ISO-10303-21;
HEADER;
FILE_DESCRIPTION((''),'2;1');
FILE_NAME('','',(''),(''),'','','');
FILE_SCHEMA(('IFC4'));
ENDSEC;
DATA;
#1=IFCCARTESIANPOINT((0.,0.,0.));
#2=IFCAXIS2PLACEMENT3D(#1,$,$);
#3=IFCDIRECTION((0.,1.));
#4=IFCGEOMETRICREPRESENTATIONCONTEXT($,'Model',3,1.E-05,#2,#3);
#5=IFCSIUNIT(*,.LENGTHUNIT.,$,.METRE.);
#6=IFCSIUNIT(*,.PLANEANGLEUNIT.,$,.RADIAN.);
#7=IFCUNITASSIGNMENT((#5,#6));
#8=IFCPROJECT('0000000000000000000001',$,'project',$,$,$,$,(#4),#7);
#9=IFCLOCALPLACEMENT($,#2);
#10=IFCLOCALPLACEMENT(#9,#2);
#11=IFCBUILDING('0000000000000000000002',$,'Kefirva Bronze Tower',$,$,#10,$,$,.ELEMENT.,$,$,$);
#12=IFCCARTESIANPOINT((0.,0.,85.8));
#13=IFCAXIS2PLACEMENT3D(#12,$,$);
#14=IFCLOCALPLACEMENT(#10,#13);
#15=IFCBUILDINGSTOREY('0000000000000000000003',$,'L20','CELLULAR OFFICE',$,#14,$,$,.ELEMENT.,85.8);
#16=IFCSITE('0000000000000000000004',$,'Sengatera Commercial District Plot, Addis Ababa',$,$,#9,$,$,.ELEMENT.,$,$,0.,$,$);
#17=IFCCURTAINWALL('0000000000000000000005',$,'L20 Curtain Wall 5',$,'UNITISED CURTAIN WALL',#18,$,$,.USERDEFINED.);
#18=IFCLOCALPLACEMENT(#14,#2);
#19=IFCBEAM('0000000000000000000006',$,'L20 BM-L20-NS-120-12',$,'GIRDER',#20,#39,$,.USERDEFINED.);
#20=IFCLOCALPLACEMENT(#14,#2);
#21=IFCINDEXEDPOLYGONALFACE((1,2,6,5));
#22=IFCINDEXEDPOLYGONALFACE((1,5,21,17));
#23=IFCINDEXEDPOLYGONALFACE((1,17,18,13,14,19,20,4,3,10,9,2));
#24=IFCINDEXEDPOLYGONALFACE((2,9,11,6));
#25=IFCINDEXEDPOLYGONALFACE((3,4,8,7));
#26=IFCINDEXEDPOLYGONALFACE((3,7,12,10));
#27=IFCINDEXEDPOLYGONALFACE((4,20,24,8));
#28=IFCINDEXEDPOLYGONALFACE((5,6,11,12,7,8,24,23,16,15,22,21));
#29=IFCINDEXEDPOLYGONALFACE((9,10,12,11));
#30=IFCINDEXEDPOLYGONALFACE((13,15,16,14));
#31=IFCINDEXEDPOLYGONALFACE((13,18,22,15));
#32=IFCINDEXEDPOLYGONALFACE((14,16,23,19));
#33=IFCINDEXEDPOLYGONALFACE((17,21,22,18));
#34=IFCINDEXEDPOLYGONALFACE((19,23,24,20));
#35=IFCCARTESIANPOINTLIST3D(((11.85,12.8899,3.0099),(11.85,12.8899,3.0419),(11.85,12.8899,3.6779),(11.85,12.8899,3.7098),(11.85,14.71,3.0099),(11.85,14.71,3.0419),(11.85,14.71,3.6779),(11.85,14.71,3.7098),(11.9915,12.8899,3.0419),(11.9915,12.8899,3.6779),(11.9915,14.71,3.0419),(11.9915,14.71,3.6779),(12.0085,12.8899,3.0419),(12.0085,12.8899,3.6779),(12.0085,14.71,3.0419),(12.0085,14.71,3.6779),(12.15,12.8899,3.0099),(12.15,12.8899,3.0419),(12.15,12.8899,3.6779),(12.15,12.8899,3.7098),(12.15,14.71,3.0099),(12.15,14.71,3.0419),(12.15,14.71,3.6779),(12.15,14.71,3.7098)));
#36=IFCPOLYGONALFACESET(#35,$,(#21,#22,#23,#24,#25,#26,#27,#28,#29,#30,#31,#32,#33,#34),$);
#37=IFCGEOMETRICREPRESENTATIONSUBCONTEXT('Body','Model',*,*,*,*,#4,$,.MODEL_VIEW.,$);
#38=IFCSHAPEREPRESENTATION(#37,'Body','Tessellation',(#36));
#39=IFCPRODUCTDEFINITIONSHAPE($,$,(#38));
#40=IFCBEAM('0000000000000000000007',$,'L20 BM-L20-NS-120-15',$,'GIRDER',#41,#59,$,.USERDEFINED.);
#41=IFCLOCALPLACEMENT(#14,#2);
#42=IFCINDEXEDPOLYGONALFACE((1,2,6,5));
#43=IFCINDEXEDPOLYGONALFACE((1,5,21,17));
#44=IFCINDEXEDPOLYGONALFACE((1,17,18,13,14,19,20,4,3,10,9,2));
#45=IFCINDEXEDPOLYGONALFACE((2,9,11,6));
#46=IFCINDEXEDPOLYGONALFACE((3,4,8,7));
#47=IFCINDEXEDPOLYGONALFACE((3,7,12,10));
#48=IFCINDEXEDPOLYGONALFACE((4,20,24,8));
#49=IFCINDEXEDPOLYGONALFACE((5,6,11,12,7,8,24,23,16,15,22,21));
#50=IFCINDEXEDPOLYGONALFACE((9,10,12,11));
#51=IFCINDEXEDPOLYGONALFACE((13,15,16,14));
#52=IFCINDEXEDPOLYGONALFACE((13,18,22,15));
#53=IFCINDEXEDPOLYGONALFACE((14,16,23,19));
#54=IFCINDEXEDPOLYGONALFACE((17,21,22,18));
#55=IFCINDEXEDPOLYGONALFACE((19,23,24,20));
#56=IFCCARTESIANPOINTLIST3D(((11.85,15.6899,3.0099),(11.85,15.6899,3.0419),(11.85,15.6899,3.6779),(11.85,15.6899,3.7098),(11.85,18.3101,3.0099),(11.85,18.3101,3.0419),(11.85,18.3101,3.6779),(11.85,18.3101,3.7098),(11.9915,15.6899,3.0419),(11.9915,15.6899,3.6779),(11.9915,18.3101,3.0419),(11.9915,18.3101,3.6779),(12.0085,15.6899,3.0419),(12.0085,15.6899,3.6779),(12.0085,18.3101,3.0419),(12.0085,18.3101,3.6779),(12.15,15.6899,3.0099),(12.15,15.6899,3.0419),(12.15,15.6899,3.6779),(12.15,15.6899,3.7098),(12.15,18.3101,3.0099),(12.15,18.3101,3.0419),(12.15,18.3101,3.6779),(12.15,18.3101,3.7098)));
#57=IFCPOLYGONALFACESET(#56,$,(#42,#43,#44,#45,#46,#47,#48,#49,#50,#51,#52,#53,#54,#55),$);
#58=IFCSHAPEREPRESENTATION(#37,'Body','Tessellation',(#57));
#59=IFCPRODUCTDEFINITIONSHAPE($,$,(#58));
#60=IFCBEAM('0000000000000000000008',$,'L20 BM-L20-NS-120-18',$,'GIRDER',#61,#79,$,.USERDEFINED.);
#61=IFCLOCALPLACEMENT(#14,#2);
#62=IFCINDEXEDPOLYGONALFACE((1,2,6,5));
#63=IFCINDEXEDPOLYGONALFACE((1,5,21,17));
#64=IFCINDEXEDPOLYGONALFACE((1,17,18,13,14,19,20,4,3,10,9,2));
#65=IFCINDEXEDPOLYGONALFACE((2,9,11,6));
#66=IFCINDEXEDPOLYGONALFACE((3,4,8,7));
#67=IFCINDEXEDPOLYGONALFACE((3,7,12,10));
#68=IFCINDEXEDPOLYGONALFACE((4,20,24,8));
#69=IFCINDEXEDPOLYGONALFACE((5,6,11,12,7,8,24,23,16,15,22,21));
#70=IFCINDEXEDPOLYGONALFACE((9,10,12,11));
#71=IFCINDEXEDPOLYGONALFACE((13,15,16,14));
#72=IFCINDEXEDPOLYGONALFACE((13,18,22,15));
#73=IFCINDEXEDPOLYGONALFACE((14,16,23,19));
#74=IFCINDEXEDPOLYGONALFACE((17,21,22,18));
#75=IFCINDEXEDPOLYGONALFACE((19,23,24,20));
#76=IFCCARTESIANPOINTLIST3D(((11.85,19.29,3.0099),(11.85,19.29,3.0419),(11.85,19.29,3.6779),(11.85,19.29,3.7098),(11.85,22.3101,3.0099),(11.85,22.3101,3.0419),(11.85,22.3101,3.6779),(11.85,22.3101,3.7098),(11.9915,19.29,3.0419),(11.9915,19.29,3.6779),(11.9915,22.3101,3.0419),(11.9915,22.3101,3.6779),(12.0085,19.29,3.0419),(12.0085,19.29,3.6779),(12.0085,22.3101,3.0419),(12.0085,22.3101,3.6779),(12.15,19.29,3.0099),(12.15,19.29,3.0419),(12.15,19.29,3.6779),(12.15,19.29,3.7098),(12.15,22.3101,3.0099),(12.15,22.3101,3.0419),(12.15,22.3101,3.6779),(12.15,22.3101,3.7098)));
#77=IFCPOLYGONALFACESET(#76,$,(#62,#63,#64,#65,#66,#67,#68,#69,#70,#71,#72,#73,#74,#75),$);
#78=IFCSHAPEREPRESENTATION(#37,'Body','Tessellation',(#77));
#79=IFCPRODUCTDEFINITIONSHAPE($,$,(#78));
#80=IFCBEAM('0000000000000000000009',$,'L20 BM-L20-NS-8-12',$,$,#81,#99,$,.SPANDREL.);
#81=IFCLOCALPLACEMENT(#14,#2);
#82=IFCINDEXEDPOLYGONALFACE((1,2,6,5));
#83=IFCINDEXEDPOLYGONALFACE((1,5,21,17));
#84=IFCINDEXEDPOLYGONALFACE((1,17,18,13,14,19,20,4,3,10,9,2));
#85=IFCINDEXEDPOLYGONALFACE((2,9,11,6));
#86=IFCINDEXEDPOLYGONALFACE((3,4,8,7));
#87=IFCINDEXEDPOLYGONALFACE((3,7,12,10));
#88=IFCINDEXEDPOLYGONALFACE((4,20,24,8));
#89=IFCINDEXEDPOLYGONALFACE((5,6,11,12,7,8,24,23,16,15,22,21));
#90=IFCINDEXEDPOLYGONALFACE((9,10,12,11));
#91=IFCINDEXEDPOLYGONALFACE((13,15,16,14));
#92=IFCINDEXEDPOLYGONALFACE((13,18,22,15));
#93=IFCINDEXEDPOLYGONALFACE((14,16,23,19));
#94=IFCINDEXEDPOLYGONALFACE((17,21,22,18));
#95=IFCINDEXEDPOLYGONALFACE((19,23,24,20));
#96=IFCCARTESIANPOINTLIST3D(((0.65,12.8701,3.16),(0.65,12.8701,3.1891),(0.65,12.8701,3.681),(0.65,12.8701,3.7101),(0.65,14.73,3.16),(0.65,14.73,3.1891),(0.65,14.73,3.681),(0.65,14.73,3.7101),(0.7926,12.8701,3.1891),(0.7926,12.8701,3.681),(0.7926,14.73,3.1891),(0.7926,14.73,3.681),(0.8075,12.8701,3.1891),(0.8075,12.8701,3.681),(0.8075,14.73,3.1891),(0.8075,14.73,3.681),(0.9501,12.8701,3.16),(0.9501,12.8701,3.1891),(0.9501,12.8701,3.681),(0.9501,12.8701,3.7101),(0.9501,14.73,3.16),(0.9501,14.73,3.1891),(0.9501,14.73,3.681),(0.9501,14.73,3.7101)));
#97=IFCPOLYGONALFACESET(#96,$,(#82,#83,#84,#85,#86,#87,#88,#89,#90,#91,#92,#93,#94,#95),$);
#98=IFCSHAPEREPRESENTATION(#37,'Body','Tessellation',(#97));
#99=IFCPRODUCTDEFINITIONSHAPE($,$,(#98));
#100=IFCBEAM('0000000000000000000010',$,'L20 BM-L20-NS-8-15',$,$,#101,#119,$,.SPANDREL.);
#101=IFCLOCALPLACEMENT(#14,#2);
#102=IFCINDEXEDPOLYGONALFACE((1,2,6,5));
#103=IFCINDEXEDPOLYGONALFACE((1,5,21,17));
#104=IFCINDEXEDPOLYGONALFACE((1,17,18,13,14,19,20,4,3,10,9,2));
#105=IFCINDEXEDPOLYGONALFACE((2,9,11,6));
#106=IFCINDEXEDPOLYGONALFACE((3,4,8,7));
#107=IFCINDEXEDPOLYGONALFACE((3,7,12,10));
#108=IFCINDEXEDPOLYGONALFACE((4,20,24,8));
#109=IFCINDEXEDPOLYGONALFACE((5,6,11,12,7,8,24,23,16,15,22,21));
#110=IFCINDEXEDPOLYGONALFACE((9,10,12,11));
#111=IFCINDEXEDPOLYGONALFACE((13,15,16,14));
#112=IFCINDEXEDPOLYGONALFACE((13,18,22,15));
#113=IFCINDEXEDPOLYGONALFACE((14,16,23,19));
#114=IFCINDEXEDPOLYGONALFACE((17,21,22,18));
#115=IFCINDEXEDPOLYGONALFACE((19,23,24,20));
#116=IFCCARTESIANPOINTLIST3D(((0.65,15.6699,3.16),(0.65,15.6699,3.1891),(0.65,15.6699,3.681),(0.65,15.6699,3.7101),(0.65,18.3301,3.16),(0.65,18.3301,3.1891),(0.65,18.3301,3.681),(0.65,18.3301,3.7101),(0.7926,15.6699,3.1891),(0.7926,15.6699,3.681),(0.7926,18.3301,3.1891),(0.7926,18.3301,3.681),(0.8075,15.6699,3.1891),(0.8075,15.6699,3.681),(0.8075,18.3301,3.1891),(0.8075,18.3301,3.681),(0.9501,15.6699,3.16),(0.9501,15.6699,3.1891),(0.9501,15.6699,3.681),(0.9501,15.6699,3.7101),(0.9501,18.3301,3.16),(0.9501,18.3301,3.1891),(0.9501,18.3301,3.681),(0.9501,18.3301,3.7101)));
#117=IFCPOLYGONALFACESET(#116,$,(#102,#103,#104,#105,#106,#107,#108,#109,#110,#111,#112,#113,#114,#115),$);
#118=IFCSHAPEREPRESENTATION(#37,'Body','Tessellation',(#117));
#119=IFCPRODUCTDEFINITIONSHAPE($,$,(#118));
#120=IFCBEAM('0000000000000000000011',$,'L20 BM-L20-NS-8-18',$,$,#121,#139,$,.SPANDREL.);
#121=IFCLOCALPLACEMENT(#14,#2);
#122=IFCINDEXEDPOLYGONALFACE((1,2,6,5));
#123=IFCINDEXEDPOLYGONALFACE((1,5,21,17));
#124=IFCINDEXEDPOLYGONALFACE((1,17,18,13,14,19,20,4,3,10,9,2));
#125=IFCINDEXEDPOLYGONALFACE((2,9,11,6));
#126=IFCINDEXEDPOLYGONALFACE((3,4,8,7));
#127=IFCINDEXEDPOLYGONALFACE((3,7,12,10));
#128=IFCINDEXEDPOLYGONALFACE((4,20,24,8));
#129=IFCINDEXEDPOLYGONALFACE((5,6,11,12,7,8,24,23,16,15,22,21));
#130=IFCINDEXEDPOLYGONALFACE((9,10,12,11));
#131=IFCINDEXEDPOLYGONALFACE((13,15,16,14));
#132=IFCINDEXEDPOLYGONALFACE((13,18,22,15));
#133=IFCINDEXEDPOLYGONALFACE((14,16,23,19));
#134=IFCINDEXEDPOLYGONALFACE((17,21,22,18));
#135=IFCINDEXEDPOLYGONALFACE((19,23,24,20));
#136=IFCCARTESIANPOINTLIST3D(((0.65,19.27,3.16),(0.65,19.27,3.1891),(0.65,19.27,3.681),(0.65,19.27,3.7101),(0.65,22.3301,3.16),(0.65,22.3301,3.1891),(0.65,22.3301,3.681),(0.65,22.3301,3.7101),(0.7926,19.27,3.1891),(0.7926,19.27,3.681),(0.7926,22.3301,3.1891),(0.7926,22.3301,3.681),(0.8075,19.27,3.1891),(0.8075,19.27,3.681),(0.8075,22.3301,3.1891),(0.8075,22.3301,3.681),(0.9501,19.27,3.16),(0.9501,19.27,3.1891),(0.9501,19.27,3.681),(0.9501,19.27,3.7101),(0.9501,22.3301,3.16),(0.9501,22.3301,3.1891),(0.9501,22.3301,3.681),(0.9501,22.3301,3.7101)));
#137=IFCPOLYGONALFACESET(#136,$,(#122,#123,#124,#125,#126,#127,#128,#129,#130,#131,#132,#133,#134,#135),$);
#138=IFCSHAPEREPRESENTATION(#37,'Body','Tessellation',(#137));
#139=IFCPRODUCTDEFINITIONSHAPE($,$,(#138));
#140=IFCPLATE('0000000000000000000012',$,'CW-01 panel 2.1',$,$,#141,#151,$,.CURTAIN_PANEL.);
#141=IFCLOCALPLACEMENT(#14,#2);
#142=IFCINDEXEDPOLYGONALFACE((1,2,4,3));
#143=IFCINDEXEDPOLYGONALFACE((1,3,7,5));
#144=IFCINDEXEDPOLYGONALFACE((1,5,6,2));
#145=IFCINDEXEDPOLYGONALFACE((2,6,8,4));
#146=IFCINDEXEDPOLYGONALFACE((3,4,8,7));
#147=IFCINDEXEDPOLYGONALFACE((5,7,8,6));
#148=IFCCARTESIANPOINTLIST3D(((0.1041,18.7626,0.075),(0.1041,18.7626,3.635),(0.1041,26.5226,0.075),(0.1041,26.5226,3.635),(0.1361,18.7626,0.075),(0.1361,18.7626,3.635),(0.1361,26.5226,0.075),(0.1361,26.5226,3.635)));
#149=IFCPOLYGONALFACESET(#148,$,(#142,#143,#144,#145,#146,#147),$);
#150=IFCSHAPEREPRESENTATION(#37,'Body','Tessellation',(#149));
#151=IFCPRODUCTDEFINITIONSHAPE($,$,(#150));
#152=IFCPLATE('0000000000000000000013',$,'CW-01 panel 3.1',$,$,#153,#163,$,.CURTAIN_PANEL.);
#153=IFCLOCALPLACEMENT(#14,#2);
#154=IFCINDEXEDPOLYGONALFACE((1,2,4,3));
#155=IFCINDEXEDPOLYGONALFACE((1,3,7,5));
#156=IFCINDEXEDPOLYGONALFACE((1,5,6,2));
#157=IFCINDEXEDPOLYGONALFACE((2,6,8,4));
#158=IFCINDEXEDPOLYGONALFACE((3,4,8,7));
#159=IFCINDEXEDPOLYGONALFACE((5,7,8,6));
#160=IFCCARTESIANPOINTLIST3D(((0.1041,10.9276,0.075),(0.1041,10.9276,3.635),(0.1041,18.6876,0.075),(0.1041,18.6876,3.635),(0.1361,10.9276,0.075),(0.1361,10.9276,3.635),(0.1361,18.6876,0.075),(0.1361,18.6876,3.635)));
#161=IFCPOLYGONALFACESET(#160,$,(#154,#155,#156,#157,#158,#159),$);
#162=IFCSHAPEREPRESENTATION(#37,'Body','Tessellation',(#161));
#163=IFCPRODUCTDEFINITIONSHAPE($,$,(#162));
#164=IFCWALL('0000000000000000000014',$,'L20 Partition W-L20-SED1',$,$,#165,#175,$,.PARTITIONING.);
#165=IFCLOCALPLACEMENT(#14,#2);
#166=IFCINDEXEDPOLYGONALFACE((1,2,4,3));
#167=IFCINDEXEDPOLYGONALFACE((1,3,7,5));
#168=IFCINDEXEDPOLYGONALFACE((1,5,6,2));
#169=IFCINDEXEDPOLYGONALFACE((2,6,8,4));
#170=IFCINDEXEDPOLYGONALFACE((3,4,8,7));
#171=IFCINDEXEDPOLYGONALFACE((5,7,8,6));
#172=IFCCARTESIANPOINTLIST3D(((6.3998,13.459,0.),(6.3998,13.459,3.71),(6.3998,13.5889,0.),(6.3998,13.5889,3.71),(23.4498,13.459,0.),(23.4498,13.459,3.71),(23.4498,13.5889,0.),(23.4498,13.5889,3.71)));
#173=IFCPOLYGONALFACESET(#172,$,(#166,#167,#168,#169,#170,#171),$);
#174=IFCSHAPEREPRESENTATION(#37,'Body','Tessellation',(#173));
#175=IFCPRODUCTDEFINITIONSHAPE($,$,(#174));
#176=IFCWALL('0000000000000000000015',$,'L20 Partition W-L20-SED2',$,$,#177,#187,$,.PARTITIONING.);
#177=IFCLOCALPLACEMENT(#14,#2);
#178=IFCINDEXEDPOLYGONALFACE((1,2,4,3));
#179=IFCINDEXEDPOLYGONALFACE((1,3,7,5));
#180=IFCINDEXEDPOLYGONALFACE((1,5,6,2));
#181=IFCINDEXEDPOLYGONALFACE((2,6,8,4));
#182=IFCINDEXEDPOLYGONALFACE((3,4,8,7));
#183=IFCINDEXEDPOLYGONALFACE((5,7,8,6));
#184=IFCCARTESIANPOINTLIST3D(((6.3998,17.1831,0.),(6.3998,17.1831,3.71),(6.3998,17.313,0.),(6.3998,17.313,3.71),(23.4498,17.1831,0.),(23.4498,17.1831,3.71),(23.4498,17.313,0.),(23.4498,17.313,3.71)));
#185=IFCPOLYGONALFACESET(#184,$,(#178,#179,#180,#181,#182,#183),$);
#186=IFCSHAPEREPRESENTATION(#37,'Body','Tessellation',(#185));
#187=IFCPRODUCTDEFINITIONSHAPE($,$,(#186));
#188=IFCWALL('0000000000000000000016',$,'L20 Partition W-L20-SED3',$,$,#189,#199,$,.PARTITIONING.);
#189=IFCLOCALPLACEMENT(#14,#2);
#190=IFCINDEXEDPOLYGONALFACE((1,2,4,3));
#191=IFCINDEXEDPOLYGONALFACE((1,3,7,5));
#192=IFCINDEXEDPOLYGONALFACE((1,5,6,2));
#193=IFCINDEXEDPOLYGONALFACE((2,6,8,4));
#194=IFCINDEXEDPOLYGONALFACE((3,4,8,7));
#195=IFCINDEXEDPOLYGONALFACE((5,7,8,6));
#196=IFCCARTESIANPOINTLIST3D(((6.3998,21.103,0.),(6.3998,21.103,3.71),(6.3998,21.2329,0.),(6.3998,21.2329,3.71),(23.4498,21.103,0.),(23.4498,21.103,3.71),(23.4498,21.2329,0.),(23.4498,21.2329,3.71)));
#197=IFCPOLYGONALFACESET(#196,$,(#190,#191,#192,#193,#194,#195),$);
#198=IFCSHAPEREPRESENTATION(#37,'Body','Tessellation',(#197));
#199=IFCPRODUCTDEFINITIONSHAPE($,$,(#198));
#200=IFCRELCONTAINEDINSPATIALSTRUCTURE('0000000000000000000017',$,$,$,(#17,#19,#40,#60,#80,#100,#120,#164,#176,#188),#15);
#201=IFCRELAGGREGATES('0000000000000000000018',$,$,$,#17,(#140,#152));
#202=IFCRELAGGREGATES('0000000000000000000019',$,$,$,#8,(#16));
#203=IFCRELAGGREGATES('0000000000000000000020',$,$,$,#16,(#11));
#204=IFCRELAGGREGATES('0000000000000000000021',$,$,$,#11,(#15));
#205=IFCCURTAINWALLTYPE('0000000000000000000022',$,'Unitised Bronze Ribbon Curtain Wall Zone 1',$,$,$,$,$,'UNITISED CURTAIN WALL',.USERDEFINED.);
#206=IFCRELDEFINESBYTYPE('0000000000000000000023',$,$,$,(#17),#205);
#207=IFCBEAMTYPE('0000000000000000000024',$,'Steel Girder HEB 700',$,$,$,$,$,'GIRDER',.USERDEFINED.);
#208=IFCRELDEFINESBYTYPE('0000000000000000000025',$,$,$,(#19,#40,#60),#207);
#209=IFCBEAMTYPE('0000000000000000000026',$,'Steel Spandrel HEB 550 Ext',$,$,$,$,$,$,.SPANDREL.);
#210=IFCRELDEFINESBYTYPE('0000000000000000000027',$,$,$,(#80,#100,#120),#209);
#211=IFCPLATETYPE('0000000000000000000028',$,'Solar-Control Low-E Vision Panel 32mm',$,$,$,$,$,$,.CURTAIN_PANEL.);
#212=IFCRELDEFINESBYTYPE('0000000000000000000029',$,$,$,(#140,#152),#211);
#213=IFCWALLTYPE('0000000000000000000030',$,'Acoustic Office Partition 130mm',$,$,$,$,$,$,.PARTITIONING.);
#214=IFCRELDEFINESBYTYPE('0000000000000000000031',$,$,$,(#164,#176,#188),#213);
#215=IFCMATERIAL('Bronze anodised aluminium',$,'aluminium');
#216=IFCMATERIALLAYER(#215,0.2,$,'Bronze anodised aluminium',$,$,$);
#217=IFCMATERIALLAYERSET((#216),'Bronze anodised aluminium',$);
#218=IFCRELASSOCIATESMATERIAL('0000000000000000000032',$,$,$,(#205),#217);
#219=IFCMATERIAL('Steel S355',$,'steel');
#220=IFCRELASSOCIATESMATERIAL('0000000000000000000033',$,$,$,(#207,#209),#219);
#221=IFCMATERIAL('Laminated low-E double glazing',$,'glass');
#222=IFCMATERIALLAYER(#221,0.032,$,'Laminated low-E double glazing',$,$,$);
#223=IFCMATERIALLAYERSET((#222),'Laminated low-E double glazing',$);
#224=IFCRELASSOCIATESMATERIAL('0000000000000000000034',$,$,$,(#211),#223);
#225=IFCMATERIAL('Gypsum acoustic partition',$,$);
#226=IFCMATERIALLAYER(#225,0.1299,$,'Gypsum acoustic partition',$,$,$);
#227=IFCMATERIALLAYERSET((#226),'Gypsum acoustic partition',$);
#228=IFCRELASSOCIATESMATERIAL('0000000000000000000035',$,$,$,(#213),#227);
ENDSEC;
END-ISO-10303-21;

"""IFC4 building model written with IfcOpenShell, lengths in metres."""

from ifc_helpers import new_model, si_unit, direction, frame, frame_2d, origin, origin_2d, place, context, subcontext, project, spatial, rectangle, i_section, extrude, material, layer, layer_set, material_profile, profile_set, type_object, element, aggregate, save


model = new_model("IFC4")

# Units and contexts
model_context = context("Model", 3, precision=1e-05, world=origin(), true_north=direction((0.0, 1.0)))
body_context = subcontext(model_context, "Body", "Model", "MODEL_VIEW")
ifc_project = project(units=[si_unit("LENGTHUNIT", "METRE"), si_unit("PLANEANGLEUNIT", "RADIAN")], contexts=[model_context])

# Site, building, storey
site_placement = place(None, origin())
site = spatial("IfcSite", under=ifc_project, at=site_placement, Name="Sengatera Commercial District Plot, Addis Ababa", CompositionType="ELEMENT", RefElevation=0.0)
building_placement = place(site_placement, origin())
building = spatial("IfcBuilding", under=site, at=building_placement, Name="Kefirva Bronze Tower", CompositionType="ELEMENT")
storey_placement = place(building_placement, frame((0.0, 0.0, 85.8)))
storey = spatial("IfcBuildingStorey", under=building, at=storey_placement, Name="L20", Description="CELLULAR OFFICE", CompositionType="ELEMENT", Elevation=85.8)

# Curtain wall
ifc_material_1 = material(Name="Bronze anodised aluminium", Category="aluminium")
ifc_layer_1 = layer(ifc_material_1, 0.2, Name="Bronze anodised aluminium")
ifc_layer_set_1 = layer_set([ifc_layer_1], Name="Bronze anodised aluminium")
curtain_wall_type = type_object("IfcCurtainWallType", Name="Unitised Bronze Ribbon Curtain Wall Zone 1", ElementType="UNITISED CURTAIN WALL", PredefinedType="USERDEFINED", material=ifc_layer_set_1)
curtain_wall_placement = place(storey_placement, origin())
curtain_wall = element("IfcCurtainWall", 1, at=curtain_wall_placement, inside=storey, type_object=curtain_wall_type, Name="L20 Curtain Wall 5", ObjectType="UNITISED CURTAIN WALL", PredefinedType="USERDEFINED")

# Beams
ifc_material_2 = material(Name="Steel S355", Category="steel")
ifc_material_profile_1 = material_profile(ifc_material_2, i_section(OverallWidth=0.3, OverallDepth=0.7, WebThickness=0.0171, FlangeThickness=0.032, at=origin_2d()), Name="HEB 700")
ifc_profile_set_1 = profile_set([ifc_material_profile_1], Name="Steel S355")
beam_type_1 = type_object("IfcBeamType", Name="Steel Girder HEB 700", ElementType="GIRDER", PredefinedType="USERDEFINED", material=ifc_profile_set_1)
beam_1_placement = place(storey_placement, frame((12.0, 12.8899, 3.3599), z_axis=(0.0, 1.0, 0.0), x_axis=(-1.0, 0.0, 0.0)))
element("IfcBeam", 2, at=beam_1_placement, inside=storey, type_object=beam_type_1, Name="L20 BM-L20-NS-120-12", ObjectType="GIRDER", PredefinedType="USERDEFINED", context=body_context, shape_type="SweptSolid", body=[
    extrude(i_section(OverallWidth=0.3, OverallDepth=0.7, WebThickness=0.0171, FlangeThickness=0.032, at=origin_2d()), origin(), (0.0, 0.0, 1.0), 1.8201),
])
beam_2_placement = place(storey_placement, frame((12.0, 15.6899, 3.3599), z_axis=(0.0, 1.0, 0.0), x_axis=(-1.0, 0.0, 0.0)))
element("IfcBeam", 3, at=beam_2_placement, inside=storey, type_object=beam_type_1, Name="L20 BM-L20-NS-120-15", ObjectType="GIRDER", PredefinedType="USERDEFINED", context=body_context, shape_type="SweptSolid", body=[
    extrude(i_section(OverallWidth=0.3, OverallDepth=0.7, WebThickness=0.0171, FlangeThickness=0.032, at=origin_2d()), origin(), (0.0, 0.0, 1.0), 2.6201),
])
beam_3_placement = place(storey_placement, frame((12.0, 19.29, 3.3599), z_axis=(0.0, 1.0, 0.0), x_axis=(-1.0, 0.0, 0.0)))
element("IfcBeam", 4, at=beam_3_placement, inside=storey, type_object=beam_type_1, Name="L20 BM-L20-NS-120-18", ObjectType="GIRDER", PredefinedType="USERDEFINED", context=body_context, shape_type="SweptSolid", body=[
    extrude(i_section(OverallWidth=0.3, OverallDepth=0.7, WebThickness=0.0171, FlangeThickness=0.032, at=origin_2d()), origin(), (0.0, 0.0, 1.0), 3.02),
])
ifc_material_profile_2 = material_profile(ifc_material_2, i_section(OverallWidth=0.3, OverallDepth=0.55, WebThickness=0.0149, FlangeThickness=0.0291, at=origin_2d()), Name="HEB 550")
ifc_profile_set_2 = profile_set([ifc_material_profile_2], Name="Steel S355")
beam_type_2 = type_object("IfcBeamType", Name="Steel Spandrel HEB 550 Ext", PredefinedType="SPANDREL", material=ifc_profile_set_2)
beam_4_placement = place(storey_placement, frame((0.8, 12.8701, 3.4351), z_axis=(0.0, 1.0, 0.0), x_axis=(-1.0, 0.0, 0.0)))
element("IfcBeam", 5, at=beam_4_placement, inside=storey, type_object=beam_type_2, Name="L20 BM-L20-NS-8-12", PredefinedType="SPANDREL", context=body_context, shape_type="SweptSolid", body=[
    extrude(i_section(OverallWidth=0.3, OverallDepth=0.55, WebThickness=0.0149, FlangeThickness=0.0291, at=origin_2d()), origin(), (0.0, 0.0, 1.0), 1.8599),
])
beam_5_placement = place(storey_placement, frame((0.8, 15.6699, 3.4351), z_axis=(0.0, 1.0, 0.0), x_axis=(-1.0, 0.0, 0.0)))
element("IfcBeam", 6, at=beam_5_placement, inside=storey, type_object=beam_type_2, Name="L20 BM-L20-NS-8-15", PredefinedType="SPANDREL", context=body_context, shape_type="SweptSolid", body=[
    extrude(i_section(OverallWidth=0.3, OverallDepth=0.55, WebThickness=0.0149, FlangeThickness=0.0291, at=origin_2d()), origin(), (0.0, 0.0, 1.0), 2.6602),
])
beam_6_placement = place(storey_placement, frame((0.8, 19.27, 3.4351), z_axis=(0.0, 1.0, 0.0), x_axis=(-1.0, 0.0, 0.0)))
element("IfcBeam", 7, at=beam_6_placement, inside=storey, type_object=beam_type_2, Name="L20 BM-L20-NS-8-18", PredefinedType="SPANDREL", context=body_context, shape_type="SweptSolid", body=[
    extrude(i_section(OverallWidth=0.3, OverallDepth=0.55, WebThickness=0.0149, FlangeThickness=0.0291, at=origin_2d()), origin(), (0.0, 0.0, 1.0), 3.0601),
])

# Plates
ifc_material_3 = material(Name="Laminated low-E double glazing", Category="glass")
ifc_layer_2 = layer(ifc_material_3, 0.032, Name="Laminated low-E double glazing")
ifc_layer_set_2 = layer_set([ifc_layer_2], Name="Laminated low-E double glazing")
plate_type = type_object("IfcPlateType", Name="Solar-Control Low-E Vision Panel 32mm", PredefinedType="CURTAIN_PANEL", material=ifc_layer_set_2)
plate_1_placement = place(storey_placement, frame((0.1201, 22.6426, 0.075), z_axis=(0.0, 0.0, 1.0), x_axis=(0.0, -1.0, 0.0)))
plate_1 = element("IfcPlate", 8, at=plate_1_placement, type_object=plate_type, Name="CW-01 panel 2.1", PredefinedType="CURTAIN_PANEL", context=body_context, shape_type="SweptSolid", body=[
    extrude(rectangle(XDim=7.76, YDim=0.032, at=origin_2d()), origin(), (0.0, 0.0, 1.0), 3.5601),
])
plate_2_placement = place(storey_placement, frame((0.1201, 14.8076, 0.075), z_axis=(0.0, 0.0, 1.0), x_axis=(0.0, -1.0, 0.0)))
plate_2 = element("IfcPlate", 9, at=plate_2_placement, type_object=plate_type, Name="CW-01 panel 3.1", PredefinedType="CURTAIN_PANEL", context=body_context, shape_type="SweptSolid", body=[
    extrude(rectangle(XDim=7.76, YDim=0.032, at=origin_2d()), origin(), (0.0, 0.0, 1.0), 3.5601),
])
aggregate(curtain_wall, [plate_1, plate_2])

# Walls
ifc_material_4 = material(Name="Gypsum acoustic partition")
ifc_layer_3 = layer(ifc_material_4, 0.1299, Name="Gypsum acoustic partition")
ifc_layer_set_3 = layer_set([ifc_layer_3], Name="Gypsum acoustic partition")
wall_type = type_object("IfcWallType", Name="Acoustic Office Partition 130mm", PredefinedType="PARTITIONING", material=ifc_layer_set_3)
for number, where, z_axis, x_axis, name in (
    (10, (6.3999, 13.5239, 0.0), (0.0, 0.0, 1.0), (1.0, 0.0, 0.0), "L20 Partition W-L20-SED1"),
    (11, (6.3999, 17.248, 0.0), (0.0, 0.0, 1.0), (1.0, 0.0, 0.0), "L20 Partition W-L20-SED2"),
    (12, (6.3999, 21.168, 0.0), (0.0, 0.0, 1.0), (1.0, 0.0, 0.0), "L20 Partition W-L20-SED3"),
):
    element("IfcWall", number, at=place(storey_placement, frame(where, z_axis=z_axis, x_axis=x_axis)), inside=storey, type_object=wall_type, Name=name, PredefinedType="PARTITIONING", context=body_context, shape_type="SweptSolid", body=[
        extrude(rectangle(XDim=17.05, YDim=0.1299, at=frame_2d((8.5249, 0.0))), origin(), (0.0, 0.0, 1.0), 3.71),
    ])

save(model, "model.ifc")
